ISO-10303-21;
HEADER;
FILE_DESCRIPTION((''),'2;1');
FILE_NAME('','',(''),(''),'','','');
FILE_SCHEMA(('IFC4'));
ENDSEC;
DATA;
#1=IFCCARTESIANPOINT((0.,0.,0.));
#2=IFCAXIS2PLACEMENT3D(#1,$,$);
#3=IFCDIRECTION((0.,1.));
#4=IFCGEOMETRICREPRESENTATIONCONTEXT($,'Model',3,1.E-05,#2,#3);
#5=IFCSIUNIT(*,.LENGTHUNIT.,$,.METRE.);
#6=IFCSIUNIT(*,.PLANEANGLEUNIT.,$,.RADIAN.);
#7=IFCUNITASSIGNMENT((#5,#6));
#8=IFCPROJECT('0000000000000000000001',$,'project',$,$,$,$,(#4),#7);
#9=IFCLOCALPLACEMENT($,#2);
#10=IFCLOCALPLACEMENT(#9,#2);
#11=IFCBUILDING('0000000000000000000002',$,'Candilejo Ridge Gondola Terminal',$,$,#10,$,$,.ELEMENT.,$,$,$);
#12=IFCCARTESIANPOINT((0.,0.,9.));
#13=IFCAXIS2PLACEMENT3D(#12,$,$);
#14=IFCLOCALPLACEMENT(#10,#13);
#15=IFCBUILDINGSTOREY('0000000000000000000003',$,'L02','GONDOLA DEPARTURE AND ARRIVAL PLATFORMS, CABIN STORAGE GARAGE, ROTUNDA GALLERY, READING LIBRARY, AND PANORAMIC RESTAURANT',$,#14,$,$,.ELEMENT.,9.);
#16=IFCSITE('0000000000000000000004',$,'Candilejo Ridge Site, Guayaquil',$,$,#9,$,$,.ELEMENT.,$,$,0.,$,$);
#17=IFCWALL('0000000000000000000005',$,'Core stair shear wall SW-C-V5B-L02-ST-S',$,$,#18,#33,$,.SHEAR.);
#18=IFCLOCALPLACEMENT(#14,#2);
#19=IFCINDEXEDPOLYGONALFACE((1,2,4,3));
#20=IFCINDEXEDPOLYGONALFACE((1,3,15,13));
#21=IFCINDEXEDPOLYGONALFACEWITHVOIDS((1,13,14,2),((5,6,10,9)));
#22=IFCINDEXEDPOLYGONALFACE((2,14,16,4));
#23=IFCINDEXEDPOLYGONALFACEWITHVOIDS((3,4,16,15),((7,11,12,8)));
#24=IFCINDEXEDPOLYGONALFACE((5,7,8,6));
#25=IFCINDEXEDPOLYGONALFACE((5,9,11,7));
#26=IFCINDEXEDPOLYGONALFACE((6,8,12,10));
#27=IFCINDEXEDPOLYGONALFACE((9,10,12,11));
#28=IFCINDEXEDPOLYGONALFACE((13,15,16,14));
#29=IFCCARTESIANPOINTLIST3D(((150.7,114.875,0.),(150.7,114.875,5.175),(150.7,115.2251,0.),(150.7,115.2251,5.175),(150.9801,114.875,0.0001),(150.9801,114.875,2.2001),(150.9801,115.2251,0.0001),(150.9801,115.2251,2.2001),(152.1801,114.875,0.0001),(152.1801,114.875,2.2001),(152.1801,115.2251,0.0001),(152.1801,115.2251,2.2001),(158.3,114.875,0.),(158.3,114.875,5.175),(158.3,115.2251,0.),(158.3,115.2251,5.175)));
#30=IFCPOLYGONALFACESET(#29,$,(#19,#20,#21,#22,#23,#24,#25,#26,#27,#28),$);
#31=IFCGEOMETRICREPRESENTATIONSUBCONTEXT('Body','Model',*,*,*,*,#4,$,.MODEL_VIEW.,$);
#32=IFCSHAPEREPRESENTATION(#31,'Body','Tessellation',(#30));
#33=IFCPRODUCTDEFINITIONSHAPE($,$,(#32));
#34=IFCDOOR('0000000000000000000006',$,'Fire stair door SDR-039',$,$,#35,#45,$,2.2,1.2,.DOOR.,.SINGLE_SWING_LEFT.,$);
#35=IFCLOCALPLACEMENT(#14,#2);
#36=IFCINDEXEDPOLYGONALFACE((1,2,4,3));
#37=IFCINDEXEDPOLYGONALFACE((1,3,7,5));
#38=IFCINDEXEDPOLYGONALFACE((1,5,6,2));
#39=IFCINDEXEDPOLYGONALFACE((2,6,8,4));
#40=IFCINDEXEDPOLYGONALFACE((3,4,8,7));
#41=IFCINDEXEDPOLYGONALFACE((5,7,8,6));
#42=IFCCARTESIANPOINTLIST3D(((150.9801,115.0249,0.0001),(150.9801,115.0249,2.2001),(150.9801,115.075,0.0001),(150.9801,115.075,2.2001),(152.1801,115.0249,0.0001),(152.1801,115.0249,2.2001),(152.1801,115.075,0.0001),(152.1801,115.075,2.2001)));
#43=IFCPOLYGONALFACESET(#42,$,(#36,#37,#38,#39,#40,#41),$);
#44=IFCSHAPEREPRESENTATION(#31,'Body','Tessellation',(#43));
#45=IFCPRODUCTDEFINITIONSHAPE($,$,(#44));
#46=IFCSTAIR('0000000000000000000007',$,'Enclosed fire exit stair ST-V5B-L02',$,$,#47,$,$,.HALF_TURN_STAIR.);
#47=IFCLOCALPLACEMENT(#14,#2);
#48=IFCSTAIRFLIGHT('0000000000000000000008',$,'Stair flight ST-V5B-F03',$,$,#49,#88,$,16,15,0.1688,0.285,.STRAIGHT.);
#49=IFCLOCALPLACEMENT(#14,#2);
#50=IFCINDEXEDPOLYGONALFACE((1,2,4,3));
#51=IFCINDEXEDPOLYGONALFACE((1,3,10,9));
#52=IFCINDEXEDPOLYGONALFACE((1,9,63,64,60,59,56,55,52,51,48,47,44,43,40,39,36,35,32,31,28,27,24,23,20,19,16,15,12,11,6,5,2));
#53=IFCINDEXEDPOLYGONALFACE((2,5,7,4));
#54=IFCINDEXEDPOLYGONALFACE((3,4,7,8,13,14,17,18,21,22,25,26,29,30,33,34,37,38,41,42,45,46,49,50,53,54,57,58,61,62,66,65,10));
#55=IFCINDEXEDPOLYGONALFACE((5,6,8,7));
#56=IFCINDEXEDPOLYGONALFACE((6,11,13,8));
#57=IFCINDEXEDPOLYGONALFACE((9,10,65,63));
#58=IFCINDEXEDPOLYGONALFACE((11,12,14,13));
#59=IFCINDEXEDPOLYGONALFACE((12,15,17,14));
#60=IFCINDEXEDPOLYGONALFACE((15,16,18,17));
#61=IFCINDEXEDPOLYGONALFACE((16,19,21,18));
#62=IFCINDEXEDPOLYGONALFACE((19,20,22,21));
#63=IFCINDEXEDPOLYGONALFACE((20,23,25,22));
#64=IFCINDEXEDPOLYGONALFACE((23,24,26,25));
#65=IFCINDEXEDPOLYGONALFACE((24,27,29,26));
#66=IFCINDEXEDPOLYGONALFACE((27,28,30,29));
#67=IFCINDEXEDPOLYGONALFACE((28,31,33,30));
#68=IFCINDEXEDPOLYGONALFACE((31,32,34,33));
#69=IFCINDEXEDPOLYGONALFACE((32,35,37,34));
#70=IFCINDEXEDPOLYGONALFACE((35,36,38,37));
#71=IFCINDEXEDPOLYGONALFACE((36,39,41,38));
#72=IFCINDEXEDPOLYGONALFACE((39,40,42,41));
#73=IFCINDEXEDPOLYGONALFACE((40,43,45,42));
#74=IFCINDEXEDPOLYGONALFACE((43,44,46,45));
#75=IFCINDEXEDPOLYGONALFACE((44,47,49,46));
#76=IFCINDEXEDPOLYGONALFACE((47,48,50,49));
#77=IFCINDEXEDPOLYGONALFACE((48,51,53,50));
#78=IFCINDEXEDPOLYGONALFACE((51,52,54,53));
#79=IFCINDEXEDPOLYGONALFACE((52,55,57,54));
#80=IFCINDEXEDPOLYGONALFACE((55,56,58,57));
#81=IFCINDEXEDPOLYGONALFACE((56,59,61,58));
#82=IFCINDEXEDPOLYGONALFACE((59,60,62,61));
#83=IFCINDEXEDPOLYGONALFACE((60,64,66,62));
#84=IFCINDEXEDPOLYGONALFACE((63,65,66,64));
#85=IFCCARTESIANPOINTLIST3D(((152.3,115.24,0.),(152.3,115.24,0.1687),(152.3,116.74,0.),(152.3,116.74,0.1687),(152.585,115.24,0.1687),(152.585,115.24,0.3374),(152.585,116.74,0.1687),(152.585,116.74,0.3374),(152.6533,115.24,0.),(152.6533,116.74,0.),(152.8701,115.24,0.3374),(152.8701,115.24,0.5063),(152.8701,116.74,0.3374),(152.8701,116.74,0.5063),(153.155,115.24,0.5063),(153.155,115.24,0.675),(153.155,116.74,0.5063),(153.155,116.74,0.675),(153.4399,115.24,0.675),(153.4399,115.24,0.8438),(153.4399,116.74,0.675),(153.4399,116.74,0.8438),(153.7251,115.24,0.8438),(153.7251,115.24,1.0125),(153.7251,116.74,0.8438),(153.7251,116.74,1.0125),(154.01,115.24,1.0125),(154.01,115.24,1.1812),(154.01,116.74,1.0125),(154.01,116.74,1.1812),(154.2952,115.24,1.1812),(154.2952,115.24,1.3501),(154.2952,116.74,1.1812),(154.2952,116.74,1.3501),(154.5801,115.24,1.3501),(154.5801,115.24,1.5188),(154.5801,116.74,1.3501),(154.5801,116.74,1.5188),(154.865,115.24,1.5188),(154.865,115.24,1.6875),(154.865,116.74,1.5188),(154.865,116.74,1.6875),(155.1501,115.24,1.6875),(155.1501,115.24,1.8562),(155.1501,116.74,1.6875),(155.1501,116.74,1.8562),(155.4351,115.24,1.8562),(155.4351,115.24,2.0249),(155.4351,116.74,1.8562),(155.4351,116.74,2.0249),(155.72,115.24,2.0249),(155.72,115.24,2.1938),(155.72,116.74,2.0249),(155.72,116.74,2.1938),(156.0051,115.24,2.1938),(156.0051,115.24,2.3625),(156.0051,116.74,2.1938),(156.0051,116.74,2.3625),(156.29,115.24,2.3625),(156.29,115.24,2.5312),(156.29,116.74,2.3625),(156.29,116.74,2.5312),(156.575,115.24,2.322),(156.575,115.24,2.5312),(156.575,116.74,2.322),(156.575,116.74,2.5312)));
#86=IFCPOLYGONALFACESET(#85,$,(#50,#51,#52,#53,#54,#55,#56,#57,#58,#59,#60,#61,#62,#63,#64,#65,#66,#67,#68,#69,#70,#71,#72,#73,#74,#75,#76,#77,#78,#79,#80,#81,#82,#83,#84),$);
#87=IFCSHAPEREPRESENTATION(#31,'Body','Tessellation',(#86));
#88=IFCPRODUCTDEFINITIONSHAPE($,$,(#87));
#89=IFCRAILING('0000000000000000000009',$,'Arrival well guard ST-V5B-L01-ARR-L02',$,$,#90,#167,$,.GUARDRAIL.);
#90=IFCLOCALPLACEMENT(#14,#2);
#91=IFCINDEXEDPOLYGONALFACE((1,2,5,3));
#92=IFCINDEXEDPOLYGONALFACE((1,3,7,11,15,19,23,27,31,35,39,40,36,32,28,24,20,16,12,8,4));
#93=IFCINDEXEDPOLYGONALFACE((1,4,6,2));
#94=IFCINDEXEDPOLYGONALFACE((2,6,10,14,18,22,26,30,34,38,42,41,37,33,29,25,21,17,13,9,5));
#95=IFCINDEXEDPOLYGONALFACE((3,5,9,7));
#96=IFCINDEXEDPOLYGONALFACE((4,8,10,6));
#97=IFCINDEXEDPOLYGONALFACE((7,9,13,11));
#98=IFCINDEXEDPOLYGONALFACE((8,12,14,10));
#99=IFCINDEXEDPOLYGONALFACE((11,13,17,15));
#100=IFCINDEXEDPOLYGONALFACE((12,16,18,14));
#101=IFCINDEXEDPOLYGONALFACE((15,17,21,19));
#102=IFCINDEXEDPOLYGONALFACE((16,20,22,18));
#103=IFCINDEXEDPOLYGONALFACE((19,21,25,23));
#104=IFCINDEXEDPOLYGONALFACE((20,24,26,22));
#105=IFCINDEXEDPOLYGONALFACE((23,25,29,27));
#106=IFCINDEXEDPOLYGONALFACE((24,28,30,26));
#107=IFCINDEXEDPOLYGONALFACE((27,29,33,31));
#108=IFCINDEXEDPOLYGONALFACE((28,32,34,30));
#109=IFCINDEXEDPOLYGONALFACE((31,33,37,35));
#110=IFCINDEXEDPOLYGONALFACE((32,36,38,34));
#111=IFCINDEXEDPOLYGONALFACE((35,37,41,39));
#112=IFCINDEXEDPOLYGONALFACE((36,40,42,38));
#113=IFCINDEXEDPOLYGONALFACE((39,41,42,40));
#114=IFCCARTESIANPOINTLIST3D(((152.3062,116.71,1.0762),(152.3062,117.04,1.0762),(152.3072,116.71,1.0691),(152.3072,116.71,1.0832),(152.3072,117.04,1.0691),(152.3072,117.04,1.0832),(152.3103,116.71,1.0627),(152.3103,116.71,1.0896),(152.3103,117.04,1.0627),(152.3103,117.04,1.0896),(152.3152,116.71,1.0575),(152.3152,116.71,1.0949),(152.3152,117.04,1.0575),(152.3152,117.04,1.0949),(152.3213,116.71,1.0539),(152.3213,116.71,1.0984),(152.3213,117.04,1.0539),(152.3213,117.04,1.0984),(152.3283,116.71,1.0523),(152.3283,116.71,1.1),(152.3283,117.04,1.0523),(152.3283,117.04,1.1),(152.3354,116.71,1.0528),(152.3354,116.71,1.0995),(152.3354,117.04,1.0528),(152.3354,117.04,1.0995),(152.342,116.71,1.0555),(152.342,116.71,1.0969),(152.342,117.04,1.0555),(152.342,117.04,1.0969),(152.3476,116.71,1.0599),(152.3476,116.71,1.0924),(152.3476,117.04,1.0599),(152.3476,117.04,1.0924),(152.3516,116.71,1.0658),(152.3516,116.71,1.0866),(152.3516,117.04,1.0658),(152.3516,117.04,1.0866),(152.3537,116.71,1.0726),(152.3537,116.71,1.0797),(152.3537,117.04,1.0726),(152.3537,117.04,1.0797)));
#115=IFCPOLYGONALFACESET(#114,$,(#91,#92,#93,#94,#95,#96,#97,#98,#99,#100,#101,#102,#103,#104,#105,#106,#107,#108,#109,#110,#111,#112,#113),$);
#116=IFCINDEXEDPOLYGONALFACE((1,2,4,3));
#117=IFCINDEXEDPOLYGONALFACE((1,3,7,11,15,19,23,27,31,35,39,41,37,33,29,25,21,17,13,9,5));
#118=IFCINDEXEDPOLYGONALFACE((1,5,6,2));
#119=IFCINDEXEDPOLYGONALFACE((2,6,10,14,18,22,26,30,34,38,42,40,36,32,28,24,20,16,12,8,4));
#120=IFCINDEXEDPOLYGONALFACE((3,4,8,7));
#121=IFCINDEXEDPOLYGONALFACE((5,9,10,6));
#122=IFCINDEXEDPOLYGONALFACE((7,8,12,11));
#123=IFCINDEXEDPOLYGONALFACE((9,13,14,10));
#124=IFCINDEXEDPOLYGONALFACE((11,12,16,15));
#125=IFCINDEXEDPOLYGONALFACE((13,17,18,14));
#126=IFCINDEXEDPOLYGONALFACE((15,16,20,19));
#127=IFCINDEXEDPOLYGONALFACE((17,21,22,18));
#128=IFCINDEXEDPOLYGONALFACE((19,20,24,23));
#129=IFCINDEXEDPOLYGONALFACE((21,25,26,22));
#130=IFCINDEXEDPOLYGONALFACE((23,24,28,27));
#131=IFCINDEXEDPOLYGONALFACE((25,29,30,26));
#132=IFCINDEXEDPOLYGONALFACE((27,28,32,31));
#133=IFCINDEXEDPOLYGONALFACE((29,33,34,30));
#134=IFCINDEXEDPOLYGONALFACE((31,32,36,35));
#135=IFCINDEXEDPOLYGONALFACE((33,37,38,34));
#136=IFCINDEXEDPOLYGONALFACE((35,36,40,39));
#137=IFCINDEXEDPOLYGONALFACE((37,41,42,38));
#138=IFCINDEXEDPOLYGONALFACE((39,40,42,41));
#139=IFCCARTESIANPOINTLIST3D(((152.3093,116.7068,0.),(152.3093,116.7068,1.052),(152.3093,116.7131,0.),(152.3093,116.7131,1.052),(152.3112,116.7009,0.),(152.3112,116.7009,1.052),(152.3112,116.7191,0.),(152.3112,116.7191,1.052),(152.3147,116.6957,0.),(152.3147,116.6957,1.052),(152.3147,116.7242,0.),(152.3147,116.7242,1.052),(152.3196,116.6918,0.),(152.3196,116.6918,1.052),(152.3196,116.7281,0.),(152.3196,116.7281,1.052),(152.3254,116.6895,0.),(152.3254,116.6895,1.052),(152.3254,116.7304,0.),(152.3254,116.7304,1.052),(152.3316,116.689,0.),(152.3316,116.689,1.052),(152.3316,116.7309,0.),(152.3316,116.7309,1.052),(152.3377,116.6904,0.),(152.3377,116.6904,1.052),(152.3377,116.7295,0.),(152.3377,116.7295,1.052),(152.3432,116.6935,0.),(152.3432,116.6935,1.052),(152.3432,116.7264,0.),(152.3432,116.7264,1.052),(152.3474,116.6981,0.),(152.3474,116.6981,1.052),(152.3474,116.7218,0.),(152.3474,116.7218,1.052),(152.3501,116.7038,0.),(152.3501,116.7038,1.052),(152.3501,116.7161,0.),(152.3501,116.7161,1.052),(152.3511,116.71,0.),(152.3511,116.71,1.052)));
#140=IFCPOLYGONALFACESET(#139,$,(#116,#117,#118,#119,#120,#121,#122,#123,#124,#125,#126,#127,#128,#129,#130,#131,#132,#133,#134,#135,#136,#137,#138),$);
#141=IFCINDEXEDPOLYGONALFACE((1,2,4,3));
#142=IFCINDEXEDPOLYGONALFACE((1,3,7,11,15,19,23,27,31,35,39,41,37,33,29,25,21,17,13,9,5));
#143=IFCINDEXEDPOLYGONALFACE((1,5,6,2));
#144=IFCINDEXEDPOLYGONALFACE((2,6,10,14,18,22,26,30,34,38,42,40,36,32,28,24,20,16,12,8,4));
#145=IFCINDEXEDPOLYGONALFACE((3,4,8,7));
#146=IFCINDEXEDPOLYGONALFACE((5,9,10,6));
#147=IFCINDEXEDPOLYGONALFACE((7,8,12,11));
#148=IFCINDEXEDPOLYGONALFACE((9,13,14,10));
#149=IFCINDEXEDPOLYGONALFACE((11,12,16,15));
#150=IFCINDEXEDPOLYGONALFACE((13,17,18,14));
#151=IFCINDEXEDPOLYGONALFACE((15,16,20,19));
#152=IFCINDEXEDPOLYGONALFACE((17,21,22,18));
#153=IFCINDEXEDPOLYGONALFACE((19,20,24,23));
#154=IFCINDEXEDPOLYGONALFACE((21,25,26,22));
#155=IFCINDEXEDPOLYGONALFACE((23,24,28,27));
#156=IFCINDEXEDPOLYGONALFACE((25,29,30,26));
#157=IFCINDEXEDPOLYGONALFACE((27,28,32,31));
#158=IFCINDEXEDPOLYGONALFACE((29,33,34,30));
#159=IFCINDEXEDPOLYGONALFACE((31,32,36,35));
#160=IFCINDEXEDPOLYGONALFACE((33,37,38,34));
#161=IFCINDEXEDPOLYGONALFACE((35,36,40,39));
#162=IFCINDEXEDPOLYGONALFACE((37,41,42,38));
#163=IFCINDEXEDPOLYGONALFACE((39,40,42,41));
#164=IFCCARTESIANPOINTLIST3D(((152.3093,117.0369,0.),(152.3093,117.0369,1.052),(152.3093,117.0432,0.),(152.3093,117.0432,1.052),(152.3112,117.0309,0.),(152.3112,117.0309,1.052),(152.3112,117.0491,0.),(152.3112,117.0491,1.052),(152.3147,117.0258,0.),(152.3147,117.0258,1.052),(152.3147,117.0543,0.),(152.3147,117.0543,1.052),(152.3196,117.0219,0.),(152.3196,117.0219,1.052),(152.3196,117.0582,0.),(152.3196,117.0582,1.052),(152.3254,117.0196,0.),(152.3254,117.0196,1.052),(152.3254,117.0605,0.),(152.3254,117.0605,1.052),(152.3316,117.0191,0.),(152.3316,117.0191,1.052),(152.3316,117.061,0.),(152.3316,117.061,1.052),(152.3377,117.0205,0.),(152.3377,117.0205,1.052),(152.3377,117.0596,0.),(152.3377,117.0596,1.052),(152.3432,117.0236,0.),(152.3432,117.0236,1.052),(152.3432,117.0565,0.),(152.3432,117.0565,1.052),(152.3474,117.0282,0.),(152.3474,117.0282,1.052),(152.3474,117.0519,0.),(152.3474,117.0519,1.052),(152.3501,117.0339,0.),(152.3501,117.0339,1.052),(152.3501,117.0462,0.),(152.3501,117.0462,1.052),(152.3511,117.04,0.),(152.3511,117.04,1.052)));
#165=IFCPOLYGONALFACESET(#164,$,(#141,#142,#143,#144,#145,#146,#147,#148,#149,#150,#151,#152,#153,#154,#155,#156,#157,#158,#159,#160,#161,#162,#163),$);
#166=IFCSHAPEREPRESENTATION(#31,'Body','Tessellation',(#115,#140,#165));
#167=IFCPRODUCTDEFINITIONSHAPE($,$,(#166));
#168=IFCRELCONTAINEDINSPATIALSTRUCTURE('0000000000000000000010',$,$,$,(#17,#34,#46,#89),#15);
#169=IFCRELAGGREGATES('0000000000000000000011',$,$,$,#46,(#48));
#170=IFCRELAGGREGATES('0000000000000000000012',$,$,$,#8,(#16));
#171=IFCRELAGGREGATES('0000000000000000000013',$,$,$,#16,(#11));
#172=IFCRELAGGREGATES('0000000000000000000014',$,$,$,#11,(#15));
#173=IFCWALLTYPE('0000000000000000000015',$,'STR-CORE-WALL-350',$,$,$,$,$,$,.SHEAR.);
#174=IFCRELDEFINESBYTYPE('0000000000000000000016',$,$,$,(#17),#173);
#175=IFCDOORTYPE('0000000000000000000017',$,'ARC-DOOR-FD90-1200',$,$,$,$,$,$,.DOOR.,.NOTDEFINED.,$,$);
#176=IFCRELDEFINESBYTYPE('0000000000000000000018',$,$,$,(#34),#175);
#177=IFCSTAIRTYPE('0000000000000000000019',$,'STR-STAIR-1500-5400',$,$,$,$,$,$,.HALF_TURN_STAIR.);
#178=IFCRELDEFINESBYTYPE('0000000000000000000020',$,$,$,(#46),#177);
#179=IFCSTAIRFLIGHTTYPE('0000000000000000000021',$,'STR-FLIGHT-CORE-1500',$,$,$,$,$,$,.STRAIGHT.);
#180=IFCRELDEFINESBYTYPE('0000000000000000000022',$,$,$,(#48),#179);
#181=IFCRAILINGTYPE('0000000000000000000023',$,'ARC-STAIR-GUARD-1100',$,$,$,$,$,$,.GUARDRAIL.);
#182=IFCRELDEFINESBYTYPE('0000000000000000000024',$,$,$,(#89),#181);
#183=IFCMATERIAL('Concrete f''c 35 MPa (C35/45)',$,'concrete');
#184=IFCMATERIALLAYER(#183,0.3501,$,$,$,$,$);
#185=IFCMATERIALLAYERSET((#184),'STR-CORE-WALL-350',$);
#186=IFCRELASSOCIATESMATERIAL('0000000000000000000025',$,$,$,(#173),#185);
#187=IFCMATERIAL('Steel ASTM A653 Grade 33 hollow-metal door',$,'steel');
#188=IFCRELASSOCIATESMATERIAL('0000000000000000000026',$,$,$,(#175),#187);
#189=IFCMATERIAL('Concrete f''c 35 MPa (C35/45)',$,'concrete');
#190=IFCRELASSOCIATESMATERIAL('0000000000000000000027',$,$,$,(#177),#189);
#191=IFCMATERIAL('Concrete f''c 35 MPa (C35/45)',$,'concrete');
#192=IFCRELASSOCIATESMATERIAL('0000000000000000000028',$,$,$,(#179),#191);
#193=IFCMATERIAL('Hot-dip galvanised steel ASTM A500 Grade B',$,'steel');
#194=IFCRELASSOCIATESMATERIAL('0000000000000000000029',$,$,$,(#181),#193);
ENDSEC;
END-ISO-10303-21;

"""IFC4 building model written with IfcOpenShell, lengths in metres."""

from ifc_helpers import new_model, si_unit, direction, frame, frame_2d, origin, origin_2d, place, context, subcontext, project, spatial, polyline, rectangle, circle, outline, extrude, material, layer, layer_set, type_object, element, fill, aggregate, save


model = new_model("IFC4")

# Units and contexts
model_context = context("Model", 3, precision=1e-05, world=origin(), true_north=direction((0.0, 1.0)))
body_context = subcontext(model_context, "Body", "Model", "MODEL_VIEW")
ifc_project = project(units=[si_unit("LENGTHUNIT", "METRE"), si_unit("PLANEANGLEUNIT", "RADIAN")], contexts=[model_context])

# Site, building, storey
site_placement = place(None, origin())
site = spatial("IfcSite", under=ifc_project, at=site_placement, Name="Candilejo Ridge Site, Guayaquil", CompositionType="ELEMENT", RefElevation=0.0)
building_placement = place(site_placement, origin())
building = spatial("IfcBuilding", under=site, at=building_placement, Name="Candilejo Ridge Gondola Terminal", CompositionType="ELEMENT")
storey_placement = place(building_placement, frame((0.0, 0.0, 9.0)))
storey = spatial("IfcBuildingStorey", under=building, at=storey_placement, Name="L02", Description="GONDOLA DEPARTURE AND ARRIVAL PLATFORMS, CABIN STORAGE GARAGE, ROTUNDA GALLERY, READING LIBRARY, AND PANORAMIC RESTAURANT", CompositionType="ELEMENT", Elevation=9.0)

# Wall, opening, door
ifc_material_1 = material(Name="Concrete f'c 35 MPa (C35/45)", Category="concrete")
ifc_layer_1 = layer(ifc_material_1, 0.3501)
ifc_layer_set_1 = layer_set([ifc_layer_1], Name="STR-CORE-WALL-350")
wall_type = type_object("IfcWallType", Name="STR-CORE-WALL-350", PredefinedType="SHEAR", material=ifc_layer_set_1)
wall_placement = place(storey_placement, frame((150.7, 115.05, 0.0), z_axis=(0.0, 0.0, 1.0), x_axis=(1.0, 0.0, 0.0)))
wall = element("IfcWall", 1, at=wall_placement, inside=storey, type_object=wall_type, Name="Core stair shear wall SW-C-V5B-L02-ST-S", PredefinedType="SHEAR", context=body_context, shape_type="SweptSolid", body=[
    extrude(rectangle(XDim=7.6001, YDim=0.3501, at=frame_2d((3.8, 0.0))), origin(), (0.0, 0.0, 1.0), 5.175),
])
opening_placement = place(wall_placement, frame((0.28, 0.0, 0.0)))
opening = element("IfcOpeningElement", 2, at=opening_placement, cuts=wall, PredefinedType="OPENING", context=body_context, shape_type="SweptSolid", body=[
    extrude(rectangle(XDim=1.2, YDim=2.2, at=frame_2d((0.6001, 1.1001))), frame((0.0, 0.1851, 0.0), z_axis=(0.0, -1.0, 0.0), x_axis=(1.0, 0.0, 0.0)), (0.0, 0.0, 1.0), 0.3701),
])
ifc_material_2 = material(Name="Steel ASTM A653 Grade 33 hollow-metal door", Category="steel")
door_type = type_object("IfcDoorType", Name="ARC-DOOR-FD90-1200", OperationType="NOTDEFINED", PredefinedType="DOOR", material=ifc_material_2)
door_placement = place(opening_placement, origin())
door = element("IfcDoor", 3, at=door_placement, inside=storey, type_object=door_type, Name="Fire stair door SDR-039", OperationType="SINGLE_SWING_LEFT", OverallHeight=2.2, OverallWidth=1.2, PredefinedType="DOOR", context=body_context, shape_type="SweptSolid", body=[
    extrude(rectangle(XDim=1.2, YDim=2.2, at=frame_2d((0.6001, 1.1001))), frame((0.0, 0.0249, 0.0), z_axis=(0.0, -1.0, 0.0), x_axis=(1.0, 0.0, 0.0)), (0.0, 0.0, 1.0), 0.05),
])
fill(opening, door)

# Stair, stair flight
ifc_material_3 = material(Name="Concrete f'c 35 MPa (C35/45)", Category="concrete")
stair_type = type_object("IfcStairType", Name="STR-STAIR-1500-5400", PredefinedType="HALF_TURN_STAIR", material=ifc_material_3)
stair_placement = place(storey_placement, origin())
stair = element("IfcStair", 4, at=stair_placement, inside=storey, type_object=stair_type, Name="Enclosed fire exit stair ST-V5B-L02", PredefinedType="HALF_TURN_STAIR")
ifc_material_4 = material(Name="Concrete f'c 35 MPa (C35/45)", Category="concrete")
stair_flight_type = type_object("IfcStairFlightType", Name="STR-FLIGHT-CORE-1500", PredefinedType="STRAIGHT", material=ifc_material_4)
stair_flight_placement = place(storey_placement, frame((152.3, 115.99, 0.0), z_axis=(0.0, 0.0, 1.0), x_axis=(1.0, 0.0, 0.0)))
stair_flight = element("IfcStairFlight", 5, at=stair_flight_placement, type_object=stair_flight_type, Name="Stair flight ST-V5B-F03", NumberOfRisers=16, NumberOfTreads=15, PredefinedType="STRAIGHT", RiserHeight=0.1688, TreadLength=0.285, context=body_context, shape_type="SweptSolid", body=[
    extrude(outline(polyline([(0.0, 0.0), (0.0, 0.1687), (0.2849, 0.1687), (0.2849, 0.3374), (0.5701, 0.3374), (0.5701, 0.5063), (0.855, 0.5063), (0.855, 0.675), (1.1399, 0.675), (1.1399, 0.8438), (1.425, 0.8438), (1.425, 1.0125), (1.71, 1.0125), (1.71, 1.1812), (1.9951, 1.1812), (1.9951, 1.3501), (2.28, 1.3501), (2.28, 1.5188), (2.5649, 1.5188), (2.5649, 1.6875), (2.8501, 1.6875), (2.8501, 1.8562), (3.135, 1.8562), (3.135, 2.0249), (3.4199, 2.0249), (3.4199, 2.1938), (3.7051, 2.1938), (3.7051, 2.3625), (3.99, 2.3625), (3.99, 2.5312), (4.2749, 2.5312), (4.2749, 2.7), (4.2749, 2.322), (0.3533, 0.0), (0.0, 0.0)])), frame((0.0, 0.75, 0.0), z_axis=(0.0, -1.0, 0.0), x_axis=(1.0, 0.0, 0.0)), (0.0, 0.0, 1.0), 1.5),
])
aggregate(stair, [stair_flight])

# Railing
ifc_material_5 = material(Name="Hot-dip galvanised steel ASTM A500 Grade B", Category="steel")
railing_type_1 = type_object("IfcRailingType", Name="ARC-STAIR-GUARD-1100", PredefinedType="GUARDRAIL", material=ifc_material_5)
railing_1_placement = place(storey_placement, frame((152.3301, 116.71, 0.0)))
element("IfcRailing", 6, at=railing_1_placement, inside=storey, type_object=railing_type_1, Name="Arrival well guard ST-V5B-L01-ARR-L02", PredefinedType="GUARDRAIL", context=body_context, shape_type="SweptSolid", body=[
    extrude(circle(Radius=0.0239, at=origin_2d()), frame((0.0, 0.0, 1.0762), z_axis=(0.0, 1.0, 0.0), x_axis=(-1.0, 0.0, 0.0)), (0.0, 0.0, 1.0), 0.3301),
    extrude(circle(Radius=0.021, at=origin_2d()), origin(), (0.0, 0.0, 1.0), 1.052),
    extrude(circle(Radius=0.021, at=origin_2d()), frame((0.0, 0.3301, 0.0)), (0.0, 0.0, 1.0), 1.052),
])

save(model, "model.ifc")
